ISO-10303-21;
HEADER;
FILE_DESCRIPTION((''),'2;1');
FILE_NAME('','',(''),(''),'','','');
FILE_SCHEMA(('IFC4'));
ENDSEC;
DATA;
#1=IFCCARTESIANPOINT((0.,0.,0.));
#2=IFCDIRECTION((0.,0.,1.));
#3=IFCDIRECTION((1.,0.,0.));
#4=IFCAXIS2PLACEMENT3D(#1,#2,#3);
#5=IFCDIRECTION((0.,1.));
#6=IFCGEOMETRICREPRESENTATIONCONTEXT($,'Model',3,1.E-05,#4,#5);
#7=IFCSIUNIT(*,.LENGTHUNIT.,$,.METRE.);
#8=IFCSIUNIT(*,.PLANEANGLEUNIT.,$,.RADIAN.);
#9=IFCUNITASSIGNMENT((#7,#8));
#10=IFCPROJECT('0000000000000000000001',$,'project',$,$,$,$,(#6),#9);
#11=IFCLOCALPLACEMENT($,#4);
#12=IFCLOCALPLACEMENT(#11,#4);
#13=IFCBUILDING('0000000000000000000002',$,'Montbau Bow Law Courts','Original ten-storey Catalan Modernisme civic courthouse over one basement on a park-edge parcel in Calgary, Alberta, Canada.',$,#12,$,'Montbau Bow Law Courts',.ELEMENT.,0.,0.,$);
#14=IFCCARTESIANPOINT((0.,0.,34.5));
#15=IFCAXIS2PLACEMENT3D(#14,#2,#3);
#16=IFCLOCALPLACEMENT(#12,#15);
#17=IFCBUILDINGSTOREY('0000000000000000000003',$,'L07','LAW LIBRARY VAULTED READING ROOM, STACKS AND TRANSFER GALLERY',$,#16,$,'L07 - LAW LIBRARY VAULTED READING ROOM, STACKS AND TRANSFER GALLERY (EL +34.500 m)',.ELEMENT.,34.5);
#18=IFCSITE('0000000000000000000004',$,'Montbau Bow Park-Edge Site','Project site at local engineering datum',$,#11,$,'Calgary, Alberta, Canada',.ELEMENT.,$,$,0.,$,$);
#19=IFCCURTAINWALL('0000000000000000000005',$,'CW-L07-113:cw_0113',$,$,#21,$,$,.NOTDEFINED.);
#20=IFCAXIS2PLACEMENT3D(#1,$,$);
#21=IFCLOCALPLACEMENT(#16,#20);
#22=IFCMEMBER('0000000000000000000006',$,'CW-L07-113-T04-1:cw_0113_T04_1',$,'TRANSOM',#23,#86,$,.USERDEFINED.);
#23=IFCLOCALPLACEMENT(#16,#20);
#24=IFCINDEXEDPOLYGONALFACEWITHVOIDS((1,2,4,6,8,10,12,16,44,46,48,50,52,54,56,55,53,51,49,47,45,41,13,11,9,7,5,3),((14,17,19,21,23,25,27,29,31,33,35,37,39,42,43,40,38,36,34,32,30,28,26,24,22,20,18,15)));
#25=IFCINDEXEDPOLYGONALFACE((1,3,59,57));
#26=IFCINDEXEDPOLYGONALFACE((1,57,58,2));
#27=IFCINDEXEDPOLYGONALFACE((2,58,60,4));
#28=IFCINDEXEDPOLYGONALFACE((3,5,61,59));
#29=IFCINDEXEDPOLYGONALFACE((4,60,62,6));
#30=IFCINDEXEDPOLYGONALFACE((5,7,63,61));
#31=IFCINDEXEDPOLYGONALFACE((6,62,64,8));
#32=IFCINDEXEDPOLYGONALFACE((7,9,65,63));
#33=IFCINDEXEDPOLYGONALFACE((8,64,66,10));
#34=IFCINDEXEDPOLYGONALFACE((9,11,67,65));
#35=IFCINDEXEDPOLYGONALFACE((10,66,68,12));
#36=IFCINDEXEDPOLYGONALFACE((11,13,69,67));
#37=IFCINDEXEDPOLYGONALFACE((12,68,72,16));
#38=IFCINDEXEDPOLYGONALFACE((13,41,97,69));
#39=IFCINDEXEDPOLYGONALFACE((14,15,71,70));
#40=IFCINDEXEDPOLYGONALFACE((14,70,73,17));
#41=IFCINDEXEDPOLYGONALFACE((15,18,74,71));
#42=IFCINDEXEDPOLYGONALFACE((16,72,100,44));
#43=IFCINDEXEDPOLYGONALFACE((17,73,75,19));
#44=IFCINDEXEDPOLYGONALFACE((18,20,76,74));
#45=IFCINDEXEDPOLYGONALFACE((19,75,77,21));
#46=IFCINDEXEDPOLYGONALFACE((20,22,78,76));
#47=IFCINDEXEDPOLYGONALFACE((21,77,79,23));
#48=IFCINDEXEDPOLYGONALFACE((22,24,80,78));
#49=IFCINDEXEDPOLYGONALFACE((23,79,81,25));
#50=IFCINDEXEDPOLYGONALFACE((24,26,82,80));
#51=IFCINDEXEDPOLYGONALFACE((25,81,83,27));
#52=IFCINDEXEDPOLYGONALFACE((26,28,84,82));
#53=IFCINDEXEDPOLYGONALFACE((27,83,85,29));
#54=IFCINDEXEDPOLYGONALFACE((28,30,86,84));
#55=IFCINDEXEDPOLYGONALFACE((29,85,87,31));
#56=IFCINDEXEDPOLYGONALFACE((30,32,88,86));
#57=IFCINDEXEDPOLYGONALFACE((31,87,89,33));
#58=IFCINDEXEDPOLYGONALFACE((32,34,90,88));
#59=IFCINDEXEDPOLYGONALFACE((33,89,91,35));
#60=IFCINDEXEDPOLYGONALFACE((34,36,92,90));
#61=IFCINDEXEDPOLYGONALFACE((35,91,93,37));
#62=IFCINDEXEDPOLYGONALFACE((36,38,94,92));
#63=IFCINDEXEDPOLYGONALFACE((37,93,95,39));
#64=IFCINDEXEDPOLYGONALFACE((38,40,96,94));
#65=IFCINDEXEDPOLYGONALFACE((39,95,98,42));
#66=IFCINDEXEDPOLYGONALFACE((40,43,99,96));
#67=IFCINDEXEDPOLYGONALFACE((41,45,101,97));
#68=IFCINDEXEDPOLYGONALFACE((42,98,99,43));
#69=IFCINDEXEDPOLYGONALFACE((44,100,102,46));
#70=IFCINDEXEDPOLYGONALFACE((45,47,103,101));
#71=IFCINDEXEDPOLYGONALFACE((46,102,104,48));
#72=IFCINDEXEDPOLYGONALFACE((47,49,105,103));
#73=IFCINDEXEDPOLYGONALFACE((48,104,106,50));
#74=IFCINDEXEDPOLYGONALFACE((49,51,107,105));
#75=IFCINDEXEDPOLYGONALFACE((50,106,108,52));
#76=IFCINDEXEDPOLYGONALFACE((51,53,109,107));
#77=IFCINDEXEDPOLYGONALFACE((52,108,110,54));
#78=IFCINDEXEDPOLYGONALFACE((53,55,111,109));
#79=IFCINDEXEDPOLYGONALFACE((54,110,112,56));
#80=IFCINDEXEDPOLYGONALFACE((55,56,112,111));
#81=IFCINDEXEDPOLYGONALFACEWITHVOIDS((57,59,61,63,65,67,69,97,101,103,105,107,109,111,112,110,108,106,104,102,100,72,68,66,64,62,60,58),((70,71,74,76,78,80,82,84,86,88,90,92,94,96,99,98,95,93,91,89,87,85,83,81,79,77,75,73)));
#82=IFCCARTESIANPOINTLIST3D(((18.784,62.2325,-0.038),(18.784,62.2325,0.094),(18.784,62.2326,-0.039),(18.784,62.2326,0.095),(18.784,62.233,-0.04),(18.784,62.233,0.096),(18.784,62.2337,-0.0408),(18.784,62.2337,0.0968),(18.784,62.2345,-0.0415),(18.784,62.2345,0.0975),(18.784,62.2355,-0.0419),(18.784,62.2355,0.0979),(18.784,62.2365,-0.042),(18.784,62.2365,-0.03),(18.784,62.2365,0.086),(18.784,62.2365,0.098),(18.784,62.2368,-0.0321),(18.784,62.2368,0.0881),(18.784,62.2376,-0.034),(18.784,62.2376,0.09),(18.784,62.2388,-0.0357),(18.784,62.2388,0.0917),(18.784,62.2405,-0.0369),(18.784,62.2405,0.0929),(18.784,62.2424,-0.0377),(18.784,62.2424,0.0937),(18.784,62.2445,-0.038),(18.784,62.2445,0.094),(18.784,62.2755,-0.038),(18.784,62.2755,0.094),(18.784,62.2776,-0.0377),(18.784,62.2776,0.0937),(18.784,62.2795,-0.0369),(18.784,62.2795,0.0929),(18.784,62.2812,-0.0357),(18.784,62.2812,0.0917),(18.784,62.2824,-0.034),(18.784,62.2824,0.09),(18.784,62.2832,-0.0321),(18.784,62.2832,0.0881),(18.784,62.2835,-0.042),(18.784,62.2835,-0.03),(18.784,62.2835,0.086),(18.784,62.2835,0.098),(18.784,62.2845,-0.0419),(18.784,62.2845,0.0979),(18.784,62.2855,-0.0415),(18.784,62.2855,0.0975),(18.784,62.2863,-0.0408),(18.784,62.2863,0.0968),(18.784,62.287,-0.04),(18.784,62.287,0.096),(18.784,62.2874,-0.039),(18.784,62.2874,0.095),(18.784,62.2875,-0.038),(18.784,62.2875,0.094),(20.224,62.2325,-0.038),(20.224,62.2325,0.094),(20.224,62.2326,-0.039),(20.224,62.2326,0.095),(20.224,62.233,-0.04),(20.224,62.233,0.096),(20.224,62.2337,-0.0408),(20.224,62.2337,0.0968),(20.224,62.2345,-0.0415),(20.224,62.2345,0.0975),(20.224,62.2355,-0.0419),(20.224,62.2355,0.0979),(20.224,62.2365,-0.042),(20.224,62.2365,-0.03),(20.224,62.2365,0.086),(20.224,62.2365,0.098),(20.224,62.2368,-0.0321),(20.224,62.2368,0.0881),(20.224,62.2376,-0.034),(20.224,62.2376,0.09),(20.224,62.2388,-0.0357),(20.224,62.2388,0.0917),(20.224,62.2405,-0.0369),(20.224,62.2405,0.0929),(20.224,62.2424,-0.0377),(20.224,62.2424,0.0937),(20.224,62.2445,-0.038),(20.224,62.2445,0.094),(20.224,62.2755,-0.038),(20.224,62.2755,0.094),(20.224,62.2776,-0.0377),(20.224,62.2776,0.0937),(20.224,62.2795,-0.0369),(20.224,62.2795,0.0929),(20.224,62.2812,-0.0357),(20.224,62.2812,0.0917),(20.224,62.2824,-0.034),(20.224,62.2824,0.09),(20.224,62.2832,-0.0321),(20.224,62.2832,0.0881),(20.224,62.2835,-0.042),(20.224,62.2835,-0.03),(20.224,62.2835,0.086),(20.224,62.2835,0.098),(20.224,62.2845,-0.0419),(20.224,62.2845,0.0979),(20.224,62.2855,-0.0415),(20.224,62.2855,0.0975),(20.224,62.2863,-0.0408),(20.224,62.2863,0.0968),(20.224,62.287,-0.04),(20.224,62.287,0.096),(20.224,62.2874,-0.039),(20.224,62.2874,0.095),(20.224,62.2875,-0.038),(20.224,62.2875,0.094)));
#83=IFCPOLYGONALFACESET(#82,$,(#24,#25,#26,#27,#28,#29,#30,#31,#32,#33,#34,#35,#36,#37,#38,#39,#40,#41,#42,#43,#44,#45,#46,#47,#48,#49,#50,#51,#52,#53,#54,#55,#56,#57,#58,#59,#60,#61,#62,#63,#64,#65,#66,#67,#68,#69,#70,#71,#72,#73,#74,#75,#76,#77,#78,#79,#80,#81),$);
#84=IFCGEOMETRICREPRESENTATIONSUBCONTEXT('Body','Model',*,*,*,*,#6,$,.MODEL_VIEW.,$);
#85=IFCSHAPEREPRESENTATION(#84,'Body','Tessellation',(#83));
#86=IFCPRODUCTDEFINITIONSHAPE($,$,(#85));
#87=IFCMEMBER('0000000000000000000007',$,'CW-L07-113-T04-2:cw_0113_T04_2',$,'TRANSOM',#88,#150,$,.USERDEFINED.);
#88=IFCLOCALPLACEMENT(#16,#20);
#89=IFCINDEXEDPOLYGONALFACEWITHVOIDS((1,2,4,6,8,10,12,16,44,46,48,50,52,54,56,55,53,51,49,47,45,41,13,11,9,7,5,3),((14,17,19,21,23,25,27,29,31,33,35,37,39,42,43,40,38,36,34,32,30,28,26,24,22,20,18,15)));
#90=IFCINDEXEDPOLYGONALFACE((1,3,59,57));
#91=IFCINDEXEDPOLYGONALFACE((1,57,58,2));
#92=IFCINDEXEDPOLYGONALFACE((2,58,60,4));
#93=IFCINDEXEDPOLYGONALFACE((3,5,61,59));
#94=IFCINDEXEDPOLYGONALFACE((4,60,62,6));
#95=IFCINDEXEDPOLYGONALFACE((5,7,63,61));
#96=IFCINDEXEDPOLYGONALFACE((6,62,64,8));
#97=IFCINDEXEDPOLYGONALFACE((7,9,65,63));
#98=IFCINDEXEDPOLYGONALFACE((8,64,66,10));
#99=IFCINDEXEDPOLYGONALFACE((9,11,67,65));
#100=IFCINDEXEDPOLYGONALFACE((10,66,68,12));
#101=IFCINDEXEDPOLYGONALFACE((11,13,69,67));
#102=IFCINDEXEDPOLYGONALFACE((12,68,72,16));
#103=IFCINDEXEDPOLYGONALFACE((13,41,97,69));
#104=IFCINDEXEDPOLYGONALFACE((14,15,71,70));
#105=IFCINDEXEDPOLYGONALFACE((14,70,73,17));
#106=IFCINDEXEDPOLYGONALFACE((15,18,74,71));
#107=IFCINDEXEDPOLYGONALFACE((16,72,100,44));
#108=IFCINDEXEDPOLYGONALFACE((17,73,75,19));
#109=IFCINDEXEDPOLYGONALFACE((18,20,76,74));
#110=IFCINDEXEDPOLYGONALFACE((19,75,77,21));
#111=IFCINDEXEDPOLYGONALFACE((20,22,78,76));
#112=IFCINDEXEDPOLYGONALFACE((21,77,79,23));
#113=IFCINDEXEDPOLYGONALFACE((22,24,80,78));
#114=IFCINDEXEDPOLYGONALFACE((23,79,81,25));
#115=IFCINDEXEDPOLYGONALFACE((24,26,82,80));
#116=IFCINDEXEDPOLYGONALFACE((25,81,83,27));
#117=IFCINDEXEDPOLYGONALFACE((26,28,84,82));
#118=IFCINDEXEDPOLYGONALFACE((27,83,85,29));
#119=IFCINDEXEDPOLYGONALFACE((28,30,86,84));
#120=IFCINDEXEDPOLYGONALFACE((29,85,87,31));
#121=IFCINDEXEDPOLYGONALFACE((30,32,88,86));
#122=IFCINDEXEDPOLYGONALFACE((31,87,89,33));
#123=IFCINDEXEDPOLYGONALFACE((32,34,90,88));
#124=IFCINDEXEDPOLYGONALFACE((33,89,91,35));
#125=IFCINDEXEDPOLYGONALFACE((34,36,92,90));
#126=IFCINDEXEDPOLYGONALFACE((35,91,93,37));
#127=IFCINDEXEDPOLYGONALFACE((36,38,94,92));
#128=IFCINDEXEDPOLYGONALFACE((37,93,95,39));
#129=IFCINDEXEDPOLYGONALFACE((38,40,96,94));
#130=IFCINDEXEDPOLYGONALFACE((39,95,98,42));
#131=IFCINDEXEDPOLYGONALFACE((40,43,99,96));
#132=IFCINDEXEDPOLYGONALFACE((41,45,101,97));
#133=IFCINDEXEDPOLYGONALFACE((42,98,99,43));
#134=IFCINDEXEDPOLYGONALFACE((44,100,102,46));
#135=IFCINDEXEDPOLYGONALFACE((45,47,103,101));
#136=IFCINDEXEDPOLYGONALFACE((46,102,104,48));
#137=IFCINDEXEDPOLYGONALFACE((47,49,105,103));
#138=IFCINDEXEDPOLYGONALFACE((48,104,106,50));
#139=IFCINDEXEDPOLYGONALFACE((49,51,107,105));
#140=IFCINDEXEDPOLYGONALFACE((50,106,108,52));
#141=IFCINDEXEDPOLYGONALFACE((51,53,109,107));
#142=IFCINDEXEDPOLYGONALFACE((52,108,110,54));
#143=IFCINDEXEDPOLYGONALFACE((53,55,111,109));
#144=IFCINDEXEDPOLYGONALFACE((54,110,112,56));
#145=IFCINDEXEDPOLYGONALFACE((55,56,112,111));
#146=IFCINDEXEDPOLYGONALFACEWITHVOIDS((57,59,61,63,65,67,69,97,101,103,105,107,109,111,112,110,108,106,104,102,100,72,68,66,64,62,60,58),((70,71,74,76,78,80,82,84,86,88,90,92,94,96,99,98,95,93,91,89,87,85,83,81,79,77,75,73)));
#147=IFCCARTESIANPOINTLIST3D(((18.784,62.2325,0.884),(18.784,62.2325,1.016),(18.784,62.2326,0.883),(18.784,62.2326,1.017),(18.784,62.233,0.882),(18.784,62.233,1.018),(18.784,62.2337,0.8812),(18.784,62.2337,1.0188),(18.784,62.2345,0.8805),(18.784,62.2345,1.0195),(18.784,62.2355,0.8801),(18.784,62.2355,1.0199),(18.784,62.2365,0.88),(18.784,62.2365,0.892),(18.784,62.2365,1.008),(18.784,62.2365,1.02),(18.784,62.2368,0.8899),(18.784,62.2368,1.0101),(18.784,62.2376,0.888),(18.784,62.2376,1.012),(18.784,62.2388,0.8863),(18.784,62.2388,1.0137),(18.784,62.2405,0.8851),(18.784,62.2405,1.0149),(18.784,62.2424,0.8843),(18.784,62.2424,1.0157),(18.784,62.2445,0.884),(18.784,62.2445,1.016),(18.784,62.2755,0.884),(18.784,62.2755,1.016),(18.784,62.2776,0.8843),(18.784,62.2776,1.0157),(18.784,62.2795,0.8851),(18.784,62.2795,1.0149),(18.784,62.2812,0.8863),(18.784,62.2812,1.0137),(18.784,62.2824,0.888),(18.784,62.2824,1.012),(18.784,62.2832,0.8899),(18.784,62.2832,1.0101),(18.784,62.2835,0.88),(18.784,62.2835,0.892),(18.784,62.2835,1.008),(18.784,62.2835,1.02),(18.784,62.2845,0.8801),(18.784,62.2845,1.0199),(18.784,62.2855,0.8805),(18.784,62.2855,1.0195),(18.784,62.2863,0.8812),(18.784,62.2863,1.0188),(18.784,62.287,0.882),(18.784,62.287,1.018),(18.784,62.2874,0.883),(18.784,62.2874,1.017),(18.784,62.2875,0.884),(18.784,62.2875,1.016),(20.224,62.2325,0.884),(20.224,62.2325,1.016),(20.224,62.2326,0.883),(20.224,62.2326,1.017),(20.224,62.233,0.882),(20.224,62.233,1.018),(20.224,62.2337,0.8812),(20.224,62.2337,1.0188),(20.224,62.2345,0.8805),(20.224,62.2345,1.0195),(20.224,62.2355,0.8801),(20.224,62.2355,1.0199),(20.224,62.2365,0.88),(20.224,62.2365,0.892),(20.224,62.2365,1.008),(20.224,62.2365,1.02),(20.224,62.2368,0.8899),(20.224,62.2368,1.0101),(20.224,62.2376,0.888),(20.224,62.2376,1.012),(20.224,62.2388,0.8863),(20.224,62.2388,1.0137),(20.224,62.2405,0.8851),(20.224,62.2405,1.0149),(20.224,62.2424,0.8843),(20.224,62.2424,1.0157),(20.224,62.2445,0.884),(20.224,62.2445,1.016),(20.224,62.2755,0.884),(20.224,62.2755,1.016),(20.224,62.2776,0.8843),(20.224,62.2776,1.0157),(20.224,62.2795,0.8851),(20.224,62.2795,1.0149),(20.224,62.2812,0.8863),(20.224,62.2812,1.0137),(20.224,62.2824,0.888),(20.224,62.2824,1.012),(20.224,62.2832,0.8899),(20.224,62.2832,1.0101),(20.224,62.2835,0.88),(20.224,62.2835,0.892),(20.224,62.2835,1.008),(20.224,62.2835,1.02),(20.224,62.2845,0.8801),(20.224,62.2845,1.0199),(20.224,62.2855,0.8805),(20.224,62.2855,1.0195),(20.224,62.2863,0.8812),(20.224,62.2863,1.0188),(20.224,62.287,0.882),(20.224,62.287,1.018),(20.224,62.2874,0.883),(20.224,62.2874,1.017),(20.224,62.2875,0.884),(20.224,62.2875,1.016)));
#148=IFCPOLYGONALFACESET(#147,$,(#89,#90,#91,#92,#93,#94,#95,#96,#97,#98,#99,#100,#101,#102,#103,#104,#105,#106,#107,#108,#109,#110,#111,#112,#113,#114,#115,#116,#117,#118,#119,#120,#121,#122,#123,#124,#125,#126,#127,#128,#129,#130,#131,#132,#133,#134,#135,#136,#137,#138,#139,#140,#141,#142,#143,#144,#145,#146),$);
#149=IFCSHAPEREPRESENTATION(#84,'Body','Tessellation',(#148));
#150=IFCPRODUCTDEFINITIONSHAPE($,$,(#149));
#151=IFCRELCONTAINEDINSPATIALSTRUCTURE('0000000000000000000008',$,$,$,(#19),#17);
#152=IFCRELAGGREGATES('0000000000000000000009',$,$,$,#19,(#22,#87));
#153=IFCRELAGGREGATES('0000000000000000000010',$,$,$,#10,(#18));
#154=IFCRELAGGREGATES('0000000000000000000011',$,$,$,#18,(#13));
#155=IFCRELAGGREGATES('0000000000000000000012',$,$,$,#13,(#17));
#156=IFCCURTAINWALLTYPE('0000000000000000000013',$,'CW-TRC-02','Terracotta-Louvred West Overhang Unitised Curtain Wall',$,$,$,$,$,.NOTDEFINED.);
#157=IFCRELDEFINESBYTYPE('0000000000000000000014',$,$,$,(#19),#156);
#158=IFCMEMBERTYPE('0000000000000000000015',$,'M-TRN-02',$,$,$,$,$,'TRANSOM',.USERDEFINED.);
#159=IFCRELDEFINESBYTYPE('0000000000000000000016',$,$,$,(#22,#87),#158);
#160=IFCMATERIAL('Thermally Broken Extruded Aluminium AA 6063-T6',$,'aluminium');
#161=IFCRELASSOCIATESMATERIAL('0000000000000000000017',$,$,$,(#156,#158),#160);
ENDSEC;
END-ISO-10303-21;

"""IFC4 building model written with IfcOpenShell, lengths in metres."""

from ifc_helpers import new_model, si_unit, direction, frame, origin_with_axes, origin_2d_with_axis, place, context, subcontext, project, spatial, hollow_rectangle, extrude, material, material_profile, profile_set, type_object, element, aggregate, save


model = new_model("IFC4")

# Units and contexts
model_context = context("Model", 3, precision=1e-05, world=origin_with_axes(), true_north=direction((0.0, 1.0)))
body_context = subcontext(model_context, "Body", "Model", "MODEL_VIEW")
ifc_project = project(units=[si_unit("LENGTHUNIT", "METRE"), si_unit("PLANEANGLEUNIT", "RADIAN")], contexts=[model_context])

# Site, building, storey
site_placement = place(None, origin_with_axes())
site = spatial("IfcSite", under=ifc_project, at=site_placement, Name="Montbau Bow Park-Edge Site", Description="Project site at local engineering datum", LongName="Calgary, Alberta, Canada", CompositionType="ELEMENT", RefElevation=0.0)
building_placement = place(site_placement, origin_with_axes())
building = spatial("IfcBuilding", under=site, at=building_placement, Name="Montbau Bow Law Courts", Description="Original ten-storey Catalan Modernisme civic courthouse over one basement on a park-edge parcel in Calgary, Alberta, Canada.", LongName="Montbau Bow Law Courts", CompositionType="ELEMENT", ElevationOfRefHeight=0.0, ElevationOfTerrain=0.0)
storey_placement = place(building_placement, frame((0.0, 0.0, 34.5), z_axis=(0.0, 0.0, 1.0), x_axis=(1.0, 0.0, 0.0)))
storey = spatial("IfcBuildingStorey", under=building, at=storey_placement, Name="L07", Description="LAW LIBRARY VAULTED READING ROOM, STACKS AND TRANSFER GALLERY", LongName="L07 - LAW LIBRARY VAULTED READING ROOM, STACKS AND TRANSFER GALLERY (EL +34.500 m)", CompositionType="ELEMENT", Elevation=34.5)

# Curtain wall, members
ifc_material_1 = material(Name="Thermally Broken Extruded Aluminium AA 6063-T6", Category="aluminium")
curtain_wall_type = type_object("IfcCurtainWallType", Name="CW-TRC-02", Description="Terracotta-Louvred West Overhang Unitised Curtain Wall", PredefinedType="NOTDEFINED", material=ifc_material_1)
curtain_wall_placement = place(None, frame((14.24, 62.26, 34.5), z_axis=(0.0, 0.0, 1.0), x_axis=(1.0, 0.0, 0.0)))
curtain_wall = element("IfcCurtainWall", 1, at=curtain_wall_placement, inside=storey, type_object=curtain_wall_type, Name="CW-L07-113:cw_0113", PredefinedType="NOTDEFINED")
ifc_material_profile_1 = material_profile(ifc_material_1, hollow_rectangle(XDim=0.055, YDim=0.14, WallThickness=0.004, InnerFilletRadius=0.008, OuterFilletRadius=0.004, at=origin_2d_with_axis()), Name="CWT-140X55", Category="Main", Priority=0)
ifc_profile_set_1 = profile_set([ifc_material_profile_1], Name="Thermally Broken Extruded Aluminium AA 6063-T6")
member_type_1 = type_object("IfcMemberType", Name="M-TRN-02", ElementType="TRANSOM", PredefinedType="USERDEFINED", material=ifc_profile_set_1)
member_1_placement = place(None, frame((18.784, 62.26, 34.528), z_axis=(1.0, 0.0, 0.0), x_axis=(0.0, 1.0, 0.0)))
member_1 = element("IfcMember", 2, at=member_1_placement, type_object=member_type_1, Name="CW-L07-113-T04-1:cw_0113_T04_1", ObjectType="TRANSOM", PredefinedType="USERDEFINED", context=body_context, shape_type="SweptSolid", body=[
    extrude(hollow_rectangle(XDim=0.055, YDim=0.14, WallThickness=0.004, InnerFilletRadius=0.008, OuterFilletRadius=0.004, at=origin_2d_with_axis()), origin_with_axes(), (0.0, 0.0, 1.0), 1.44),
])
member_2_placement = place(None, frame((18.784, 62.26, 35.45), z_axis=(1.0, 0.0, 0.0), x_axis=(0.0, 1.0, 0.0)))
member_2 = element("IfcMember", 3, at=member_2_placement, type_object=member_type_1, Name="CW-L07-113-T04-2:cw_0113_T04_2", ObjectType="TRANSOM", PredefinedType="USERDEFINED", context=body_context, shape_type="SweptSolid", body=[
    extrude(hollow_rectangle(XDim=0.055, YDim=0.14, WallThickness=0.004, InnerFilletRadius=0.008, OuterFilletRadius=0.004, at=origin_2d_with_axis()), origin_with_axes(), (0.0, 0.0, 1.0), 1.44),
])
aggregate(curtain_wall, [member_1, member_2])

save(model, "model.ifc")
